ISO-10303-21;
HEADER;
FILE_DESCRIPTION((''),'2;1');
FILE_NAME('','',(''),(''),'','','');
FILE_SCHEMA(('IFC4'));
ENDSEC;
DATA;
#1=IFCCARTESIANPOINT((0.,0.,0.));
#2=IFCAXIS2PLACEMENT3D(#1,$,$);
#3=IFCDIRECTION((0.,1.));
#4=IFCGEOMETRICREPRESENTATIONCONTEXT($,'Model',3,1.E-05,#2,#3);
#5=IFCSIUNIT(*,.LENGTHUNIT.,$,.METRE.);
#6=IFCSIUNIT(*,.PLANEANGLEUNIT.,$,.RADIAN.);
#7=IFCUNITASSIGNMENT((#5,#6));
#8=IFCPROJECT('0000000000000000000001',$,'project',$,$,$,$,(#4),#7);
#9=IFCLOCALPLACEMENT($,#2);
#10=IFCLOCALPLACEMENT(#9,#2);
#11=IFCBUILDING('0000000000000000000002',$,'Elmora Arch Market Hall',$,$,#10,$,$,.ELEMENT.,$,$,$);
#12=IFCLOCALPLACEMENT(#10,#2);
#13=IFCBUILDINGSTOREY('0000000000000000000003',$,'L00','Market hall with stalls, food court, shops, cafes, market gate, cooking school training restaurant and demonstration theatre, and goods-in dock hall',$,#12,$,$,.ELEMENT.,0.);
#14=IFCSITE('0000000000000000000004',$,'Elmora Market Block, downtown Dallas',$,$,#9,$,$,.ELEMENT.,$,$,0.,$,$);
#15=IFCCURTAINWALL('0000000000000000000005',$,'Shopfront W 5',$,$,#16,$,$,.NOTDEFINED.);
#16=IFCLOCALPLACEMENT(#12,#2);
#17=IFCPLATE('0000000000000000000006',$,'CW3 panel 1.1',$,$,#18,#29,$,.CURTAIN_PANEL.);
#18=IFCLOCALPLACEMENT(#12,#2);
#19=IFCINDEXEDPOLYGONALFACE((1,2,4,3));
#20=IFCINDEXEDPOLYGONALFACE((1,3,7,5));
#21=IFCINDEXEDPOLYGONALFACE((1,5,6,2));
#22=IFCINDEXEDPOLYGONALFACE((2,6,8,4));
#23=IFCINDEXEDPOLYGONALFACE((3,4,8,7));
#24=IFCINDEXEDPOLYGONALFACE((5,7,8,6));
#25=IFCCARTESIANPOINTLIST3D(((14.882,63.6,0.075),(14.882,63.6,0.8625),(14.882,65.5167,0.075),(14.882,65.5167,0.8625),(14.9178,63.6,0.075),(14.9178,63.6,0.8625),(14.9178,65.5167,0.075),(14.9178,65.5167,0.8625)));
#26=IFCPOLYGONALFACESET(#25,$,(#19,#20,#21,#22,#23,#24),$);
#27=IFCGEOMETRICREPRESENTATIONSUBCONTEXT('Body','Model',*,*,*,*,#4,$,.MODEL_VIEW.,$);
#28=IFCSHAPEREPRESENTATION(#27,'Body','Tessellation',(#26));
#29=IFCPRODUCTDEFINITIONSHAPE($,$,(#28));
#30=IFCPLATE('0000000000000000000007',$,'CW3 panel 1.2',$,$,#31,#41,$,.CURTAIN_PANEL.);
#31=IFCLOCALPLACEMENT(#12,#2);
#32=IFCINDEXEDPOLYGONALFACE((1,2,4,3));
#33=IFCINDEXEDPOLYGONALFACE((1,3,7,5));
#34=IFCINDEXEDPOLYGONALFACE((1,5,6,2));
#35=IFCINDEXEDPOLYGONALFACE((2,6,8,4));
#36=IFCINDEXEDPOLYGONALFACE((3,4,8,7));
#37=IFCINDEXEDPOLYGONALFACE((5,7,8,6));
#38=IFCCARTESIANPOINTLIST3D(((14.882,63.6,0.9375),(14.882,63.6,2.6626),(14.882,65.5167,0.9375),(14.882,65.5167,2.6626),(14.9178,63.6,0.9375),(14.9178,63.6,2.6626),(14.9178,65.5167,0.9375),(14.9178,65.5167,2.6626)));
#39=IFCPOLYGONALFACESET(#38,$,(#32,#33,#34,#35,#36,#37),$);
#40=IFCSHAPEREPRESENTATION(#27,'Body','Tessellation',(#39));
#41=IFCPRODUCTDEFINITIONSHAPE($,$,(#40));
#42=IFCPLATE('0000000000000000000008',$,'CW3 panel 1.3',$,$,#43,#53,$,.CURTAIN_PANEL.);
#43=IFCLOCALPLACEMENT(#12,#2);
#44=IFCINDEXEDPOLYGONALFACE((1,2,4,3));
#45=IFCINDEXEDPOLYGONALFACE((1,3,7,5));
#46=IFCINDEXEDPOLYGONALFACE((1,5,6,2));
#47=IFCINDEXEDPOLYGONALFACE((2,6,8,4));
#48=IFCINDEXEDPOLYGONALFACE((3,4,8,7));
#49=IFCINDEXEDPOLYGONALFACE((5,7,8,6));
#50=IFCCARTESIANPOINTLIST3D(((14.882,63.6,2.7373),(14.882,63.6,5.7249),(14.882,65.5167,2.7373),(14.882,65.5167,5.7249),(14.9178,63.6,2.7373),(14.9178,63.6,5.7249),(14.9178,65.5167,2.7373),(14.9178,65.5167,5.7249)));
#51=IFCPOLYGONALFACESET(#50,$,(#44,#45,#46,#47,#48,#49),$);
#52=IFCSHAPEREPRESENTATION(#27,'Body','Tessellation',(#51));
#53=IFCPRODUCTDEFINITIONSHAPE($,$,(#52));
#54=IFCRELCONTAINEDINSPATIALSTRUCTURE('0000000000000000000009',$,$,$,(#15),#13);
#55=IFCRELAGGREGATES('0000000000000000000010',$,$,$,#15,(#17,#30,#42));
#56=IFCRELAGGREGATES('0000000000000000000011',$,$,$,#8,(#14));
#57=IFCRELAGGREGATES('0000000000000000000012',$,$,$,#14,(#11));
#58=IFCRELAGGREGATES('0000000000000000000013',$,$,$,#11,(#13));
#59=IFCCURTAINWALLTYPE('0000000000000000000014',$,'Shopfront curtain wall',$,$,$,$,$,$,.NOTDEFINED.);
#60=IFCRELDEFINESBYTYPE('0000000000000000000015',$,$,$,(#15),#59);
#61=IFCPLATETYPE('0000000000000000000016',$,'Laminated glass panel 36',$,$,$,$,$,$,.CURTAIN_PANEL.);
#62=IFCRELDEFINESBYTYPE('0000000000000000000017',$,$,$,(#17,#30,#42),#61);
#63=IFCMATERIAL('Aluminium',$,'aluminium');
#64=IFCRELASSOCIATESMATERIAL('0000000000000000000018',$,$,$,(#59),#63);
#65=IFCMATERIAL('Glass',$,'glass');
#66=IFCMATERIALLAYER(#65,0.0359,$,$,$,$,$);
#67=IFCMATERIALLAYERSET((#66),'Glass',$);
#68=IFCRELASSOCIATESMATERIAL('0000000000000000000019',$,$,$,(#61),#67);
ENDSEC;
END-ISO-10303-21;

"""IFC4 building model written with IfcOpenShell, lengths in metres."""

from ifc_helpers import new_model, si_unit, direction, frame, origin, origin_2d, place, context, subcontext, project, spatial, rectangle, extrude, material, layer, layer_set, type_object, element, aggregate, save


model = new_model("IFC4")

# Units and contexts
model_context = context("Model", 3, precision=1e-05, world=origin(), true_north=direction((0.0, 1.0)))
body_context = subcontext(model_context, "Body", "Model", "MODEL_VIEW")
ifc_project = project(units=[si_unit("LENGTHUNIT", "METRE"), si_unit("PLANEANGLEUNIT", "RADIAN")], contexts=[model_context])

# Site, building, storey
site_placement = place(None, origin())
site = spatial("IfcSite", under=ifc_project, at=site_placement, Name="Elmora Market Block, downtown Dallas", CompositionType="ELEMENT", RefElevation=0.0)
building_placement = place(site_placement, origin())
building = spatial("IfcBuilding", under=site, at=building_placement, Name="Elmora Arch Market Hall", CompositionType="ELEMENT")
storey_placement = place(building_placement, origin())
storey = spatial("IfcBuildingStorey", under=building, at=storey_placement, Name="L00", Description="Market hall with stalls, food court, shops, cafes, market gate, cooking school training restaurant and demonstration theatre, and goods-in dock hall", CompositionType="ELEMENT", Elevation=0.0)

# Curtain wall
ifc_material_1 = material(Name="Aluminium", Category="aluminium")
curtain_wall_type = type_object("IfcCurtainWallType", Name="Shopfront curtain wall", PredefinedType="NOTDEFINED", material=ifc_material_1)
curtain_wall_placement = place(storey_placement, origin())
curtain_wall = element("IfcCurtainWall", 1, at=curtain_wall_placement, inside=storey, type_object=curtain_wall_type, Name="Shopfront W 5", PredefinedType="NOTDEFINED")

# Plates
ifc_material_2 = material(Name="Glass", Category="glass")
ifc_layer = layer(ifc_material_2, 0.0359)
ifc_layer_set = layer_set([ifc_layer], Name="Glass")
plate_type = type_object("IfcPlateType", Name="Laminated glass panel 36", PredefinedType="CURTAIN_PANEL", material=ifc_layer_set)
plate_1_placement = place(storey_placement, frame((14.8999, 64.5583, 0.075), z_axis=(0.0, 0.0, 1.0), x_axis=(0.0, 1.0, 0.0)))
plate_1 = element("IfcPlate", 2, at=plate_1_placement, type_object=plate_type, Name="CW3 panel 1.1", PredefinedType="CURTAIN_PANEL", context=body_context, shape_type="SweptSolid", body=[
    extrude(rectangle(XDim=1.9167, YDim=0.0359, at=origin_2d()), origin(), (0.0, 0.0, 1.0), 0.7876),
])
plate_2_placement = place(storey_placement, frame((14.8999, 64.5583, 0.9375), z_axis=(0.0, 0.0, 1.0), x_axis=(0.0, 1.0, 0.0)))
plate_2 = element("IfcPlate", 3, at=plate_2_placement, type_object=plate_type, Name="CW3 panel 1.2", PredefinedType="CURTAIN_PANEL", context=body_context, shape_type="SweptSolid", body=[
    extrude(rectangle(XDim=1.9167, YDim=0.0359, at=origin_2d()), origin(), (0.0, 0.0, 1.0), 1.7251),
])
plate_3_placement = place(storey_placement, frame((14.8999, 64.5583, 2.7373), z_axis=(0.0, 0.0, 1.0), x_axis=(0.0, 1.0, 0.0)))
plate_3 = element("IfcPlate", 4, at=plate_3_placement, type_object=plate_type, Name="CW3 panel 1.3", PredefinedType="CURTAIN_PANEL", context=body_context, shape_type="SweptSolid", body=[
    extrude(rectangle(XDim=1.9167, YDim=0.0359, at=origin_2d()), origin(), (0.0, 0.0, 1.0), 2.9875),
])
aggregate(curtain_wall, [plate_1, plate_2, plate_3])

save(model, "model.ifc")
